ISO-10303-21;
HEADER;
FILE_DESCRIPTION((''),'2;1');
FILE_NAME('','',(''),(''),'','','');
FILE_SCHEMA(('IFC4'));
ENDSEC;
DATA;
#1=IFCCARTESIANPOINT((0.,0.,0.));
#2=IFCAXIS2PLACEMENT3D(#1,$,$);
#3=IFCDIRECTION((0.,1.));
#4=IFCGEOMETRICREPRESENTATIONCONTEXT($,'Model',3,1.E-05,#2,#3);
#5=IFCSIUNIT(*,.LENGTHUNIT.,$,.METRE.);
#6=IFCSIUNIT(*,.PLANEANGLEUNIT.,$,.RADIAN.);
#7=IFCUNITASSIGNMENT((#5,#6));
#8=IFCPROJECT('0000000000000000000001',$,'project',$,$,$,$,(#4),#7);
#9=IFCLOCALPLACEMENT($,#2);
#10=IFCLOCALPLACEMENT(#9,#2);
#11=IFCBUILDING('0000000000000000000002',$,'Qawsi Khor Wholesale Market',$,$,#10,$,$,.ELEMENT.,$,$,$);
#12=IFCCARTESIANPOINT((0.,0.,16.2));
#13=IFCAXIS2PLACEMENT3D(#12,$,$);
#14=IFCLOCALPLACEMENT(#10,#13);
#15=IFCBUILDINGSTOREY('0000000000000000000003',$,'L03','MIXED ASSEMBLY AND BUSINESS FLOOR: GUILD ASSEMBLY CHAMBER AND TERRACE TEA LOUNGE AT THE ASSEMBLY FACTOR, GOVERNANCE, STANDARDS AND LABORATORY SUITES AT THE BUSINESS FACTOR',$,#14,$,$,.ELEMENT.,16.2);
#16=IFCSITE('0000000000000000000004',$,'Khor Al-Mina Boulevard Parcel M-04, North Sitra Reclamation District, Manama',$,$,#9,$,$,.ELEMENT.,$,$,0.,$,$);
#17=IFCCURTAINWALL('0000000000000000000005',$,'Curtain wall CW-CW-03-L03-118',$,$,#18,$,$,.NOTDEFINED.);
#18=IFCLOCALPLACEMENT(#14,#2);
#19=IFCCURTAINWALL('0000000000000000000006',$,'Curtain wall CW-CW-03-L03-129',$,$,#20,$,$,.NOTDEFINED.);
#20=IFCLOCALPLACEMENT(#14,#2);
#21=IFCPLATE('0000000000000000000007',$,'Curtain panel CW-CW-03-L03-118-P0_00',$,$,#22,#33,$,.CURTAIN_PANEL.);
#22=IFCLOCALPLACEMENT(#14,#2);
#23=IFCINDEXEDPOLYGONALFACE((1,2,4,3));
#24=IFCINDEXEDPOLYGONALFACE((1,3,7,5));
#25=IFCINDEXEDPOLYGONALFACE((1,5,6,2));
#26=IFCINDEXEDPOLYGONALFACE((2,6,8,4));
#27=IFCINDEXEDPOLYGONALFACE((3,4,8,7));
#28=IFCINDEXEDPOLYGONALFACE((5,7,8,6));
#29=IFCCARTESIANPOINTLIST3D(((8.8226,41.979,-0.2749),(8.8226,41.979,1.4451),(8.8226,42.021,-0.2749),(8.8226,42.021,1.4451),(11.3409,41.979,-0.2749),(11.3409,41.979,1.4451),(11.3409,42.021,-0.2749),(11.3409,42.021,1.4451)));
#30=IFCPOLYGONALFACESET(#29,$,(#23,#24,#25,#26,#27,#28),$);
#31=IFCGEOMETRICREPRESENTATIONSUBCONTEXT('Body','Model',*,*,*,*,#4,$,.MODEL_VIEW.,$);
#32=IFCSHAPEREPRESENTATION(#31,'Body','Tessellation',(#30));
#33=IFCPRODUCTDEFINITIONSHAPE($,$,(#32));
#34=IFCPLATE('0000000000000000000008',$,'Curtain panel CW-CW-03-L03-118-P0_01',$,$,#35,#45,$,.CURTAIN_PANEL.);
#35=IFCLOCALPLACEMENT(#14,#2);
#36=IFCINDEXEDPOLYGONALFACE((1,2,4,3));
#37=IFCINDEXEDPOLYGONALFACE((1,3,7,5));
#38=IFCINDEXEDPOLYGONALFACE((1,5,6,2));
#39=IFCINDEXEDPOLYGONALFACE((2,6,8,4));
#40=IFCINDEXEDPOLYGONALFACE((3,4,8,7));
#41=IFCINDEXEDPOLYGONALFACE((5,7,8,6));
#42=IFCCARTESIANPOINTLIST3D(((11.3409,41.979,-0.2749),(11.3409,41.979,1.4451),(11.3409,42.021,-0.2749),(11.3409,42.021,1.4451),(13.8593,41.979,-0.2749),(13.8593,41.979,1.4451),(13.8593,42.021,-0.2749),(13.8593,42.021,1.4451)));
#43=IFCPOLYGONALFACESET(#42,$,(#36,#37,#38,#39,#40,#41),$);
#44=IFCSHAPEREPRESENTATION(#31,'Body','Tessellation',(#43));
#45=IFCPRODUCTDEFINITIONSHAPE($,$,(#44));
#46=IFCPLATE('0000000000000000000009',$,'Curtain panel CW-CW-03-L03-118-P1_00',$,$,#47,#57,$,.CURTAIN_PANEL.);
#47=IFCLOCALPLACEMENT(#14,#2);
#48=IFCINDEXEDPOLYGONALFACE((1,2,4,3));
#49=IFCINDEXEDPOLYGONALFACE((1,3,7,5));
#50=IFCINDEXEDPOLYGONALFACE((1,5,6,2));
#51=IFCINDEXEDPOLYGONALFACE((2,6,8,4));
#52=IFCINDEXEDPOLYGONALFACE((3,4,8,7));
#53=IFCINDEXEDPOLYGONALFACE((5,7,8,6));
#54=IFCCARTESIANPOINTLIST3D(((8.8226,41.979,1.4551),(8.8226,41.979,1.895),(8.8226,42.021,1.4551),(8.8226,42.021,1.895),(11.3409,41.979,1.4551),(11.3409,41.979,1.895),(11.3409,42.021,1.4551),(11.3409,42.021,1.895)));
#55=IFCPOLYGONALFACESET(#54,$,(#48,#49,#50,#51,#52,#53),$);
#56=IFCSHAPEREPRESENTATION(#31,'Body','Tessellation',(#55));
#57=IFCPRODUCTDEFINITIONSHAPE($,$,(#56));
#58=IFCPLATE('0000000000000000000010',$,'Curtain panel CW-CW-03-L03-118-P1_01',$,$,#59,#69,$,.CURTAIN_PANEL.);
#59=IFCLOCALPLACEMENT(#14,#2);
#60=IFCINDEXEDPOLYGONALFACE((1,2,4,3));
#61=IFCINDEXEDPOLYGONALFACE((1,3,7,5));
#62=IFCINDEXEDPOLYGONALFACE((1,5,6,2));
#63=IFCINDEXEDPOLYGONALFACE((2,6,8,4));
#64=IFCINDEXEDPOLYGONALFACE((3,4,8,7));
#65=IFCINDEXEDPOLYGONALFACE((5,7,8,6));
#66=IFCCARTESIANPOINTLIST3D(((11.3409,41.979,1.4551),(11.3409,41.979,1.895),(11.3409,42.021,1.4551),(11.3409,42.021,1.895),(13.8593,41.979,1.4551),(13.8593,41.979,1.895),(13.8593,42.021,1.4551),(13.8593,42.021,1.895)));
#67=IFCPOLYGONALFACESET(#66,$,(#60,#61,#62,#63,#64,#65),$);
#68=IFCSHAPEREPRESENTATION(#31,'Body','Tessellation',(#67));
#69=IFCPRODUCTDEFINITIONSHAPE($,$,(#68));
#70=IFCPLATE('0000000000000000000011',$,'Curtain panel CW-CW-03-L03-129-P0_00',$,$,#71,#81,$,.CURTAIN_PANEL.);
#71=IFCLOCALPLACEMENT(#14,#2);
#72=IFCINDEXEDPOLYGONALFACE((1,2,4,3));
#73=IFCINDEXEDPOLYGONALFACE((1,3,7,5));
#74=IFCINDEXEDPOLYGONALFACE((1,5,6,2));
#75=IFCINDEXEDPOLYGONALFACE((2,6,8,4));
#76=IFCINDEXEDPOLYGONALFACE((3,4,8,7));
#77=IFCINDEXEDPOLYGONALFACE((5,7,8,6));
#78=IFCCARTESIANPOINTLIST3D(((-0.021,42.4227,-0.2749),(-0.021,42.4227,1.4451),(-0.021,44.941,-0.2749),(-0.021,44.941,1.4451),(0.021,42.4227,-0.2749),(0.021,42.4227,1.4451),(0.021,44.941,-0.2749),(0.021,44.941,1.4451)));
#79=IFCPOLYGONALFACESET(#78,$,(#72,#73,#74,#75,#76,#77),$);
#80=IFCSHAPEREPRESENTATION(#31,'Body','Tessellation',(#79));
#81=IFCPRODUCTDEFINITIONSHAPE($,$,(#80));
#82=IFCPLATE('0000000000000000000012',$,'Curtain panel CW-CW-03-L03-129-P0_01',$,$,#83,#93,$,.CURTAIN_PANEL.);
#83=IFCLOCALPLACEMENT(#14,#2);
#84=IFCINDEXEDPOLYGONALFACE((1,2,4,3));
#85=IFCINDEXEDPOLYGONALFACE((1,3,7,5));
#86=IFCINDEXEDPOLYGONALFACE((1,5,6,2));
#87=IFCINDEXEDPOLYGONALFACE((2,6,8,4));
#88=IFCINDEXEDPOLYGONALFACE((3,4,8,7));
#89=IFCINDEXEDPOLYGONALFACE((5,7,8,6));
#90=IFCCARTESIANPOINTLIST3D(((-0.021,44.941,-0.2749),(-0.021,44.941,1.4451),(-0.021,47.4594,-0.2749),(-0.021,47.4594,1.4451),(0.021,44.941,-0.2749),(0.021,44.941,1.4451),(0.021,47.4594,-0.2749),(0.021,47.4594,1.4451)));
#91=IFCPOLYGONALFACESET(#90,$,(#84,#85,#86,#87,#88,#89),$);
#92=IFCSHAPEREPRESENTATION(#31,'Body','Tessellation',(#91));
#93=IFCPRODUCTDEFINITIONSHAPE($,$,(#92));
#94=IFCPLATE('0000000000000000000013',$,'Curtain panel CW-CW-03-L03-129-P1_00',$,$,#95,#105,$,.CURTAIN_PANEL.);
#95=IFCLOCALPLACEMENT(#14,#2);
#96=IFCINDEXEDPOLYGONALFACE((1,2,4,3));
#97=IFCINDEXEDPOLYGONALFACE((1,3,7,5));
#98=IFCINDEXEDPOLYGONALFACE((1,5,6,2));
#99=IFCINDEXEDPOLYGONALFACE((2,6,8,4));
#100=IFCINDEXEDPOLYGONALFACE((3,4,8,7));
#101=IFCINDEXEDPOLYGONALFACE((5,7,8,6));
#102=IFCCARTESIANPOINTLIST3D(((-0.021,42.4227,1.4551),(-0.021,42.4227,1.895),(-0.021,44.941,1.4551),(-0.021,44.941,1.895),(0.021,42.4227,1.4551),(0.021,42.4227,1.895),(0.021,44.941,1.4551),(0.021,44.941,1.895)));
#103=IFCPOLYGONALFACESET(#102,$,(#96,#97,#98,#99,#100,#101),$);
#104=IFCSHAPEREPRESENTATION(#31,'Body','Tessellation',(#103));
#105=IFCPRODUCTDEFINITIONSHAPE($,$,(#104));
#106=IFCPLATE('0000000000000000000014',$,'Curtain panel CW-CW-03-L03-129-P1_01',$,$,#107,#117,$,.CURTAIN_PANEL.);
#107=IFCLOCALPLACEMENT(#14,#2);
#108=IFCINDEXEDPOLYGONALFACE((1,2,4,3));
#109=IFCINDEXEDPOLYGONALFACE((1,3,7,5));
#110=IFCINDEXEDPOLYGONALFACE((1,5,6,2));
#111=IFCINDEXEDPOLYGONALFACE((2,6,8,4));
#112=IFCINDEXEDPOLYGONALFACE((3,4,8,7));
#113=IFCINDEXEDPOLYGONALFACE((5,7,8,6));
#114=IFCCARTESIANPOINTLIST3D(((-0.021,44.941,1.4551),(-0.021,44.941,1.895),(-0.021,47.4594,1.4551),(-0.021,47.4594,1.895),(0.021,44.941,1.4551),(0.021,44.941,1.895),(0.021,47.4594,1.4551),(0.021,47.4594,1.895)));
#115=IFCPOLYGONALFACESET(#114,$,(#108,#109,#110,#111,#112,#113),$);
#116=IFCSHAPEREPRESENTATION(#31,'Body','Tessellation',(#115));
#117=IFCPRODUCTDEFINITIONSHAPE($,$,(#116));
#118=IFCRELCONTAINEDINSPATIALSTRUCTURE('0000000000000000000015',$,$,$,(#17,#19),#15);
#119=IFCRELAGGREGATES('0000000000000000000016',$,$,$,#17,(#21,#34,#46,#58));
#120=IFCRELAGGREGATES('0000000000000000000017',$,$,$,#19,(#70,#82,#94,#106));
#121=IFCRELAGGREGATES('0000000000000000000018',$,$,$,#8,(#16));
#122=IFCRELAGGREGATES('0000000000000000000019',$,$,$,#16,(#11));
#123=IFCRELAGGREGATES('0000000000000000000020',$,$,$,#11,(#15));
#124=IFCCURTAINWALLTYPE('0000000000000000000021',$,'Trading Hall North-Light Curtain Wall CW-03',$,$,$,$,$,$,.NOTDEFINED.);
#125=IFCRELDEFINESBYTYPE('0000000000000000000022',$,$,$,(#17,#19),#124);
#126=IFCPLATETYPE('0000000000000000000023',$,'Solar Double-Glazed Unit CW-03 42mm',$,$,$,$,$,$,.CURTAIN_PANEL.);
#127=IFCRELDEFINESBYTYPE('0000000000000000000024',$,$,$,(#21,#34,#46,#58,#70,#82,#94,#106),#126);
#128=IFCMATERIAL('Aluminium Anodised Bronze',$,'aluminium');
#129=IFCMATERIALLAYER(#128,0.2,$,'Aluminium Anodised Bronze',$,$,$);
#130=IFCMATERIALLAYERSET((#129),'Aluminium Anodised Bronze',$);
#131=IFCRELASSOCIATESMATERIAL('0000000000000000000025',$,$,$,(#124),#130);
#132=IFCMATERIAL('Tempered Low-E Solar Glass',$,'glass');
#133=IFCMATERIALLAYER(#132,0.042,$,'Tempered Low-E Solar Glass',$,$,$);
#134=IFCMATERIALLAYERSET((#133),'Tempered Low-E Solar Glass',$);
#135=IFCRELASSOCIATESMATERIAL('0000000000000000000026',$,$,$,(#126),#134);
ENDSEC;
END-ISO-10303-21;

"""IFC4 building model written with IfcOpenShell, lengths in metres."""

from ifc_helpers import new_model, si_unit, direction, frame, frame_2d, origin, place, context, subcontext, project, spatial, rectangle, extrude, material, layer, layer_set, type_object, element, aggregate, save


model = new_model("IFC4")

# Units and contexts
model_context = context("Model", 3, precision=1e-05, world=origin(), true_north=direction((0.0, 1.0)))
body_context = subcontext(model_context, "Body", "Model", "MODEL_VIEW")
ifc_project = project(units=[si_unit("LENGTHUNIT", "METRE"), si_unit("PLANEANGLEUNIT", "RADIAN")], contexts=[model_context])

# Site, building, storey
site_placement = place(None, origin())
site = spatial("IfcSite", under=ifc_project, at=site_placement, Name="Khor Al-Mina Boulevard Parcel M-04, North Sitra Reclamation District, Manama", CompositionType="ELEMENT", RefElevation=0.0)
building_placement = place(site_placement, origin())
building = spatial("IfcBuilding", under=site, at=building_placement, Name="Qawsi Khor Wholesale Market", CompositionType="ELEMENT")
storey_placement = place(building_placement, frame((0.0, 0.0, 16.2)))
storey = spatial("IfcBuildingStorey", under=building, at=storey_placement, Name="L03", Description="MIXED ASSEMBLY AND BUSINESS FLOOR: GUILD ASSEMBLY CHAMBER AND TERRACE TEA LOUNGE AT THE ASSEMBLY FACTOR, GOVERNANCE, STANDARDS AND LABORATORY SUITES AT THE BUSINESS FACTOR", CompositionType="ELEMENT", Elevation=16.2)

# Curtain walls
ifc_material_1 = material(Name="Aluminium Anodised Bronze", Category="aluminium")
ifc_layer_1 = layer(ifc_material_1, 0.2, Name="Aluminium Anodised Bronze")
ifc_layer_set_1 = layer_set([ifc_layer_1], Name="Aluminium Anodised Bronze")
curtain_wall_type = type_object("IfcCurtainWallType", Name="Trading Hall North-Light Curtain Wall CW-03", PredefinedType="NOTDEFINED", material=ifc_layer_set_1)
curtain_wall_1_placement = place(storey_placement, origin())
curtain_wall_1 = element("IfcCurtainWall", 1, at=curtain_wall_1_placement, inside=storey, type_object=curtain_wall_type, Name="Curtain wall CW-CW-03-L03-118", PredefinedType="NOTDEFINED")
curtain_wall_2_placement = place(storey_placement, origin())
curtain_wall_2 = element("IfcCurtainWall", 2, at=curtain_wall_2_placement, inside=storey, type_object=curtain_wall_type, Name="Curtain wall CW-CW-03-L03-129", PredefinedType="NOTDEFINED")

# Plates
ifc_material_2 = material(Name="Tempered Low-E Solar Glass", Category="glass")
ifc_layer_2 = layer(ifc_material_2, 0.042, Name="Tempered Low-E Solar Glass")
ifc_layer_set_2 = layer_set([ifc_layer_2], Name="Tempered Low-E Solar Glass")
plate_type = type_object("IfcPlateType", Name="Solar Double-Glazed Unit CW-03 42mm", PredefinedType="CURTAIN_PANEL", material=ifc_layer_set_2)
plate_1_placement = place(storey_placement, frame((8.8225, 42.0, -0.2749), z_axis=(0.0, 0.0, 1.0), x_axis=(1.0, 0.0, 0.0)))
plate_1 = element("IfcPlate", 3, at=plate_1_placement, type_object=plate_type, Name="Curtain panel CW-CW-03-L03-118-P0_00", PredefinedType="CURTAIN_PANEL", context=body_context, shape_type="SweptSolid", body=[
    extrude(rectangle(XDim=2.5183, YDim=0.042, at=frame_2d((1.2593, 0.0))), origin(), (0.0, 0.0, 1.0), 1.72),
])
plate_2_placement = place(storey_placement, frame((11.3408, 42.0, -0.2749), z_axis=(0.0, 0.0, 1.0), x_axis=(1.0, 0.0, 0.0)))
plate_2 = element("IfcPlate", 4, at=plate_2_placement, type_object=plate_type, Name="Curtain panel CW-CW-03-L03-118-P0_01", PredefinedType="CURTAIN_PANEL", context=body_context, shape_type="SweptSolid", body=[
    extrude(rectangle(XDim=2.5183, YDim=0.042, at=frame_2d((1.2593, 0.0))), origin(), (0.0, 0.0, 1.0), 1.72),
])
plate_3_placement = place(storey_placement, frame((8.8225, 42.0, 1.4551), z_axis=(0.0, 0.0, 1.0), x_axis=(1.0, 0.0, 0.0)))
plate_3 = element("IfcPlate", 5, at=plate_3_placement, type_object=plate_type, Name="Curtain panel CW-CW-03-L03-118-P1_00", PredefinedType="CURTAIN_PANEL", context=body_context, shape_type="SweptSolid", body=[
    extrude(rectangle(XDim=2.5183, YDim=0.042, at=frame_2d((1.2593, 0.0))), origin(), (0.0, 0.0, 1.0), 0.4399),
])
plate_4_placement = place(storey_placement, frame((11.3408, 42.0, 1.4551), z_axis=(0.0, 0.0, 1.0), x_axis=(1.0, 0.0, 0.0)))
plate_4 = element("IfcPlate", 6, at=plate_4_placement, type_object=plate_type, Name="Curtain panel CW-CW-03-L03-118-P1_01", PredefinedType="CURTAIN_PANEL", context=body_context, shape_type="SweptSolid", body=[
    extrude(rectangle(XDim=2.5183, YDim=0.042, at=frame_2d((1.2593, 0.0))), origin(), (0.0, 0.0, 1.0), 0.4399),
])
aggregate(curtain_wall_1, [plate_1, plate_2, plate_3, plate_4])
plate_5_placement = place(storey_placement, frame((0.0, 42.4226, -0.2749), z_axis=(0.0, 0.0, 1.0), x_axis=(0.0, 1.0, 0.0)))
plate_5 = element("IfcPlate", 7, at=plate_5_placement, type_object=plate_type, Name="Curtain panel CW-CW-03-L03-129-P0_00", PredefinedType="CURTAIN_PANEL", context=body_context, shape_type="SweptSolid", body=[
    extrude(rectangle(XDim=2.5183, YDim=0.042, at=frame_2d((1.2593, 0.0))), origin(), (0.0, 0.0, 1.0), 1.72),
])
plate_6_placement = place(storey_placement, frame((0.0, 44.9409, -0.2749), z_axis=(0.0, 0.0, 1.0), x_axis=(0.0, 1.0, 0.0)))
plate_6 = element("IfcPlate", 8, at=plate_6_placement, type_object=plate_type, Name="Curtain panel CW-CW-03-L03-129-P0_01", PredefinedType="CURTAIN_PANEL", context=body_context, shape_type="SweptSolid", body=[
    extrude(rectangle(XDim=2.5183, YDim=0.042, at=frame_2d((1.2593, 0.0))), origin(), (0.0, 0.0, 1.0), 1.72),
])
plate_7_placement = place(storey_placement, frame((0.0, 42.4226, 1.4551), z_axis=(0.0, 0.0, 1.0), x_axis=(0.0, 1.0, 0.0)))
plate_7 = element("IfcPlate", 9, at=plate_7_placement, type_object=plate_type, Name="Curtain panel CW-CW-03-L03-129-P1_00", PredefinedType="CURTAIN_PANEL", context=body_context, shape_type="SweptSolid", body=[
    extrude(rectangle(XDim=2.5183, YDim=0.042, at=frame_2d((1.2593, 0.0))), origin(), (0.0, 0.0, 1.0), 0.4399),
])
plate_8_placement = place(storey_placement, frame((0.0, 44.9409, 1.4551), z_axis=(0.0, 0.0, 1.0), x_axis=(0.0, 1.0, 0.0)))
plate_8 = element("IfcPlate", 10, at=plate_8_placement, type_object=plate_type, Name="Curtain panel CW-CW-03-L03-129-P1_01", PredefinedType="CURTAIN_PANEL", context=body_context, shape_type="SweptSolid", body=[
    extrude(rectangle(XDim=2.5183, YDim=0.042, at=frame_2d((1.2593, 0.0))), origin(), (0.0, 0.0, 1.0), 0.4399),
])
aggregate(curtain_wall_2, [plate_5, plate_6, plate_7, plate_8])

save(model, "model.ifc")
